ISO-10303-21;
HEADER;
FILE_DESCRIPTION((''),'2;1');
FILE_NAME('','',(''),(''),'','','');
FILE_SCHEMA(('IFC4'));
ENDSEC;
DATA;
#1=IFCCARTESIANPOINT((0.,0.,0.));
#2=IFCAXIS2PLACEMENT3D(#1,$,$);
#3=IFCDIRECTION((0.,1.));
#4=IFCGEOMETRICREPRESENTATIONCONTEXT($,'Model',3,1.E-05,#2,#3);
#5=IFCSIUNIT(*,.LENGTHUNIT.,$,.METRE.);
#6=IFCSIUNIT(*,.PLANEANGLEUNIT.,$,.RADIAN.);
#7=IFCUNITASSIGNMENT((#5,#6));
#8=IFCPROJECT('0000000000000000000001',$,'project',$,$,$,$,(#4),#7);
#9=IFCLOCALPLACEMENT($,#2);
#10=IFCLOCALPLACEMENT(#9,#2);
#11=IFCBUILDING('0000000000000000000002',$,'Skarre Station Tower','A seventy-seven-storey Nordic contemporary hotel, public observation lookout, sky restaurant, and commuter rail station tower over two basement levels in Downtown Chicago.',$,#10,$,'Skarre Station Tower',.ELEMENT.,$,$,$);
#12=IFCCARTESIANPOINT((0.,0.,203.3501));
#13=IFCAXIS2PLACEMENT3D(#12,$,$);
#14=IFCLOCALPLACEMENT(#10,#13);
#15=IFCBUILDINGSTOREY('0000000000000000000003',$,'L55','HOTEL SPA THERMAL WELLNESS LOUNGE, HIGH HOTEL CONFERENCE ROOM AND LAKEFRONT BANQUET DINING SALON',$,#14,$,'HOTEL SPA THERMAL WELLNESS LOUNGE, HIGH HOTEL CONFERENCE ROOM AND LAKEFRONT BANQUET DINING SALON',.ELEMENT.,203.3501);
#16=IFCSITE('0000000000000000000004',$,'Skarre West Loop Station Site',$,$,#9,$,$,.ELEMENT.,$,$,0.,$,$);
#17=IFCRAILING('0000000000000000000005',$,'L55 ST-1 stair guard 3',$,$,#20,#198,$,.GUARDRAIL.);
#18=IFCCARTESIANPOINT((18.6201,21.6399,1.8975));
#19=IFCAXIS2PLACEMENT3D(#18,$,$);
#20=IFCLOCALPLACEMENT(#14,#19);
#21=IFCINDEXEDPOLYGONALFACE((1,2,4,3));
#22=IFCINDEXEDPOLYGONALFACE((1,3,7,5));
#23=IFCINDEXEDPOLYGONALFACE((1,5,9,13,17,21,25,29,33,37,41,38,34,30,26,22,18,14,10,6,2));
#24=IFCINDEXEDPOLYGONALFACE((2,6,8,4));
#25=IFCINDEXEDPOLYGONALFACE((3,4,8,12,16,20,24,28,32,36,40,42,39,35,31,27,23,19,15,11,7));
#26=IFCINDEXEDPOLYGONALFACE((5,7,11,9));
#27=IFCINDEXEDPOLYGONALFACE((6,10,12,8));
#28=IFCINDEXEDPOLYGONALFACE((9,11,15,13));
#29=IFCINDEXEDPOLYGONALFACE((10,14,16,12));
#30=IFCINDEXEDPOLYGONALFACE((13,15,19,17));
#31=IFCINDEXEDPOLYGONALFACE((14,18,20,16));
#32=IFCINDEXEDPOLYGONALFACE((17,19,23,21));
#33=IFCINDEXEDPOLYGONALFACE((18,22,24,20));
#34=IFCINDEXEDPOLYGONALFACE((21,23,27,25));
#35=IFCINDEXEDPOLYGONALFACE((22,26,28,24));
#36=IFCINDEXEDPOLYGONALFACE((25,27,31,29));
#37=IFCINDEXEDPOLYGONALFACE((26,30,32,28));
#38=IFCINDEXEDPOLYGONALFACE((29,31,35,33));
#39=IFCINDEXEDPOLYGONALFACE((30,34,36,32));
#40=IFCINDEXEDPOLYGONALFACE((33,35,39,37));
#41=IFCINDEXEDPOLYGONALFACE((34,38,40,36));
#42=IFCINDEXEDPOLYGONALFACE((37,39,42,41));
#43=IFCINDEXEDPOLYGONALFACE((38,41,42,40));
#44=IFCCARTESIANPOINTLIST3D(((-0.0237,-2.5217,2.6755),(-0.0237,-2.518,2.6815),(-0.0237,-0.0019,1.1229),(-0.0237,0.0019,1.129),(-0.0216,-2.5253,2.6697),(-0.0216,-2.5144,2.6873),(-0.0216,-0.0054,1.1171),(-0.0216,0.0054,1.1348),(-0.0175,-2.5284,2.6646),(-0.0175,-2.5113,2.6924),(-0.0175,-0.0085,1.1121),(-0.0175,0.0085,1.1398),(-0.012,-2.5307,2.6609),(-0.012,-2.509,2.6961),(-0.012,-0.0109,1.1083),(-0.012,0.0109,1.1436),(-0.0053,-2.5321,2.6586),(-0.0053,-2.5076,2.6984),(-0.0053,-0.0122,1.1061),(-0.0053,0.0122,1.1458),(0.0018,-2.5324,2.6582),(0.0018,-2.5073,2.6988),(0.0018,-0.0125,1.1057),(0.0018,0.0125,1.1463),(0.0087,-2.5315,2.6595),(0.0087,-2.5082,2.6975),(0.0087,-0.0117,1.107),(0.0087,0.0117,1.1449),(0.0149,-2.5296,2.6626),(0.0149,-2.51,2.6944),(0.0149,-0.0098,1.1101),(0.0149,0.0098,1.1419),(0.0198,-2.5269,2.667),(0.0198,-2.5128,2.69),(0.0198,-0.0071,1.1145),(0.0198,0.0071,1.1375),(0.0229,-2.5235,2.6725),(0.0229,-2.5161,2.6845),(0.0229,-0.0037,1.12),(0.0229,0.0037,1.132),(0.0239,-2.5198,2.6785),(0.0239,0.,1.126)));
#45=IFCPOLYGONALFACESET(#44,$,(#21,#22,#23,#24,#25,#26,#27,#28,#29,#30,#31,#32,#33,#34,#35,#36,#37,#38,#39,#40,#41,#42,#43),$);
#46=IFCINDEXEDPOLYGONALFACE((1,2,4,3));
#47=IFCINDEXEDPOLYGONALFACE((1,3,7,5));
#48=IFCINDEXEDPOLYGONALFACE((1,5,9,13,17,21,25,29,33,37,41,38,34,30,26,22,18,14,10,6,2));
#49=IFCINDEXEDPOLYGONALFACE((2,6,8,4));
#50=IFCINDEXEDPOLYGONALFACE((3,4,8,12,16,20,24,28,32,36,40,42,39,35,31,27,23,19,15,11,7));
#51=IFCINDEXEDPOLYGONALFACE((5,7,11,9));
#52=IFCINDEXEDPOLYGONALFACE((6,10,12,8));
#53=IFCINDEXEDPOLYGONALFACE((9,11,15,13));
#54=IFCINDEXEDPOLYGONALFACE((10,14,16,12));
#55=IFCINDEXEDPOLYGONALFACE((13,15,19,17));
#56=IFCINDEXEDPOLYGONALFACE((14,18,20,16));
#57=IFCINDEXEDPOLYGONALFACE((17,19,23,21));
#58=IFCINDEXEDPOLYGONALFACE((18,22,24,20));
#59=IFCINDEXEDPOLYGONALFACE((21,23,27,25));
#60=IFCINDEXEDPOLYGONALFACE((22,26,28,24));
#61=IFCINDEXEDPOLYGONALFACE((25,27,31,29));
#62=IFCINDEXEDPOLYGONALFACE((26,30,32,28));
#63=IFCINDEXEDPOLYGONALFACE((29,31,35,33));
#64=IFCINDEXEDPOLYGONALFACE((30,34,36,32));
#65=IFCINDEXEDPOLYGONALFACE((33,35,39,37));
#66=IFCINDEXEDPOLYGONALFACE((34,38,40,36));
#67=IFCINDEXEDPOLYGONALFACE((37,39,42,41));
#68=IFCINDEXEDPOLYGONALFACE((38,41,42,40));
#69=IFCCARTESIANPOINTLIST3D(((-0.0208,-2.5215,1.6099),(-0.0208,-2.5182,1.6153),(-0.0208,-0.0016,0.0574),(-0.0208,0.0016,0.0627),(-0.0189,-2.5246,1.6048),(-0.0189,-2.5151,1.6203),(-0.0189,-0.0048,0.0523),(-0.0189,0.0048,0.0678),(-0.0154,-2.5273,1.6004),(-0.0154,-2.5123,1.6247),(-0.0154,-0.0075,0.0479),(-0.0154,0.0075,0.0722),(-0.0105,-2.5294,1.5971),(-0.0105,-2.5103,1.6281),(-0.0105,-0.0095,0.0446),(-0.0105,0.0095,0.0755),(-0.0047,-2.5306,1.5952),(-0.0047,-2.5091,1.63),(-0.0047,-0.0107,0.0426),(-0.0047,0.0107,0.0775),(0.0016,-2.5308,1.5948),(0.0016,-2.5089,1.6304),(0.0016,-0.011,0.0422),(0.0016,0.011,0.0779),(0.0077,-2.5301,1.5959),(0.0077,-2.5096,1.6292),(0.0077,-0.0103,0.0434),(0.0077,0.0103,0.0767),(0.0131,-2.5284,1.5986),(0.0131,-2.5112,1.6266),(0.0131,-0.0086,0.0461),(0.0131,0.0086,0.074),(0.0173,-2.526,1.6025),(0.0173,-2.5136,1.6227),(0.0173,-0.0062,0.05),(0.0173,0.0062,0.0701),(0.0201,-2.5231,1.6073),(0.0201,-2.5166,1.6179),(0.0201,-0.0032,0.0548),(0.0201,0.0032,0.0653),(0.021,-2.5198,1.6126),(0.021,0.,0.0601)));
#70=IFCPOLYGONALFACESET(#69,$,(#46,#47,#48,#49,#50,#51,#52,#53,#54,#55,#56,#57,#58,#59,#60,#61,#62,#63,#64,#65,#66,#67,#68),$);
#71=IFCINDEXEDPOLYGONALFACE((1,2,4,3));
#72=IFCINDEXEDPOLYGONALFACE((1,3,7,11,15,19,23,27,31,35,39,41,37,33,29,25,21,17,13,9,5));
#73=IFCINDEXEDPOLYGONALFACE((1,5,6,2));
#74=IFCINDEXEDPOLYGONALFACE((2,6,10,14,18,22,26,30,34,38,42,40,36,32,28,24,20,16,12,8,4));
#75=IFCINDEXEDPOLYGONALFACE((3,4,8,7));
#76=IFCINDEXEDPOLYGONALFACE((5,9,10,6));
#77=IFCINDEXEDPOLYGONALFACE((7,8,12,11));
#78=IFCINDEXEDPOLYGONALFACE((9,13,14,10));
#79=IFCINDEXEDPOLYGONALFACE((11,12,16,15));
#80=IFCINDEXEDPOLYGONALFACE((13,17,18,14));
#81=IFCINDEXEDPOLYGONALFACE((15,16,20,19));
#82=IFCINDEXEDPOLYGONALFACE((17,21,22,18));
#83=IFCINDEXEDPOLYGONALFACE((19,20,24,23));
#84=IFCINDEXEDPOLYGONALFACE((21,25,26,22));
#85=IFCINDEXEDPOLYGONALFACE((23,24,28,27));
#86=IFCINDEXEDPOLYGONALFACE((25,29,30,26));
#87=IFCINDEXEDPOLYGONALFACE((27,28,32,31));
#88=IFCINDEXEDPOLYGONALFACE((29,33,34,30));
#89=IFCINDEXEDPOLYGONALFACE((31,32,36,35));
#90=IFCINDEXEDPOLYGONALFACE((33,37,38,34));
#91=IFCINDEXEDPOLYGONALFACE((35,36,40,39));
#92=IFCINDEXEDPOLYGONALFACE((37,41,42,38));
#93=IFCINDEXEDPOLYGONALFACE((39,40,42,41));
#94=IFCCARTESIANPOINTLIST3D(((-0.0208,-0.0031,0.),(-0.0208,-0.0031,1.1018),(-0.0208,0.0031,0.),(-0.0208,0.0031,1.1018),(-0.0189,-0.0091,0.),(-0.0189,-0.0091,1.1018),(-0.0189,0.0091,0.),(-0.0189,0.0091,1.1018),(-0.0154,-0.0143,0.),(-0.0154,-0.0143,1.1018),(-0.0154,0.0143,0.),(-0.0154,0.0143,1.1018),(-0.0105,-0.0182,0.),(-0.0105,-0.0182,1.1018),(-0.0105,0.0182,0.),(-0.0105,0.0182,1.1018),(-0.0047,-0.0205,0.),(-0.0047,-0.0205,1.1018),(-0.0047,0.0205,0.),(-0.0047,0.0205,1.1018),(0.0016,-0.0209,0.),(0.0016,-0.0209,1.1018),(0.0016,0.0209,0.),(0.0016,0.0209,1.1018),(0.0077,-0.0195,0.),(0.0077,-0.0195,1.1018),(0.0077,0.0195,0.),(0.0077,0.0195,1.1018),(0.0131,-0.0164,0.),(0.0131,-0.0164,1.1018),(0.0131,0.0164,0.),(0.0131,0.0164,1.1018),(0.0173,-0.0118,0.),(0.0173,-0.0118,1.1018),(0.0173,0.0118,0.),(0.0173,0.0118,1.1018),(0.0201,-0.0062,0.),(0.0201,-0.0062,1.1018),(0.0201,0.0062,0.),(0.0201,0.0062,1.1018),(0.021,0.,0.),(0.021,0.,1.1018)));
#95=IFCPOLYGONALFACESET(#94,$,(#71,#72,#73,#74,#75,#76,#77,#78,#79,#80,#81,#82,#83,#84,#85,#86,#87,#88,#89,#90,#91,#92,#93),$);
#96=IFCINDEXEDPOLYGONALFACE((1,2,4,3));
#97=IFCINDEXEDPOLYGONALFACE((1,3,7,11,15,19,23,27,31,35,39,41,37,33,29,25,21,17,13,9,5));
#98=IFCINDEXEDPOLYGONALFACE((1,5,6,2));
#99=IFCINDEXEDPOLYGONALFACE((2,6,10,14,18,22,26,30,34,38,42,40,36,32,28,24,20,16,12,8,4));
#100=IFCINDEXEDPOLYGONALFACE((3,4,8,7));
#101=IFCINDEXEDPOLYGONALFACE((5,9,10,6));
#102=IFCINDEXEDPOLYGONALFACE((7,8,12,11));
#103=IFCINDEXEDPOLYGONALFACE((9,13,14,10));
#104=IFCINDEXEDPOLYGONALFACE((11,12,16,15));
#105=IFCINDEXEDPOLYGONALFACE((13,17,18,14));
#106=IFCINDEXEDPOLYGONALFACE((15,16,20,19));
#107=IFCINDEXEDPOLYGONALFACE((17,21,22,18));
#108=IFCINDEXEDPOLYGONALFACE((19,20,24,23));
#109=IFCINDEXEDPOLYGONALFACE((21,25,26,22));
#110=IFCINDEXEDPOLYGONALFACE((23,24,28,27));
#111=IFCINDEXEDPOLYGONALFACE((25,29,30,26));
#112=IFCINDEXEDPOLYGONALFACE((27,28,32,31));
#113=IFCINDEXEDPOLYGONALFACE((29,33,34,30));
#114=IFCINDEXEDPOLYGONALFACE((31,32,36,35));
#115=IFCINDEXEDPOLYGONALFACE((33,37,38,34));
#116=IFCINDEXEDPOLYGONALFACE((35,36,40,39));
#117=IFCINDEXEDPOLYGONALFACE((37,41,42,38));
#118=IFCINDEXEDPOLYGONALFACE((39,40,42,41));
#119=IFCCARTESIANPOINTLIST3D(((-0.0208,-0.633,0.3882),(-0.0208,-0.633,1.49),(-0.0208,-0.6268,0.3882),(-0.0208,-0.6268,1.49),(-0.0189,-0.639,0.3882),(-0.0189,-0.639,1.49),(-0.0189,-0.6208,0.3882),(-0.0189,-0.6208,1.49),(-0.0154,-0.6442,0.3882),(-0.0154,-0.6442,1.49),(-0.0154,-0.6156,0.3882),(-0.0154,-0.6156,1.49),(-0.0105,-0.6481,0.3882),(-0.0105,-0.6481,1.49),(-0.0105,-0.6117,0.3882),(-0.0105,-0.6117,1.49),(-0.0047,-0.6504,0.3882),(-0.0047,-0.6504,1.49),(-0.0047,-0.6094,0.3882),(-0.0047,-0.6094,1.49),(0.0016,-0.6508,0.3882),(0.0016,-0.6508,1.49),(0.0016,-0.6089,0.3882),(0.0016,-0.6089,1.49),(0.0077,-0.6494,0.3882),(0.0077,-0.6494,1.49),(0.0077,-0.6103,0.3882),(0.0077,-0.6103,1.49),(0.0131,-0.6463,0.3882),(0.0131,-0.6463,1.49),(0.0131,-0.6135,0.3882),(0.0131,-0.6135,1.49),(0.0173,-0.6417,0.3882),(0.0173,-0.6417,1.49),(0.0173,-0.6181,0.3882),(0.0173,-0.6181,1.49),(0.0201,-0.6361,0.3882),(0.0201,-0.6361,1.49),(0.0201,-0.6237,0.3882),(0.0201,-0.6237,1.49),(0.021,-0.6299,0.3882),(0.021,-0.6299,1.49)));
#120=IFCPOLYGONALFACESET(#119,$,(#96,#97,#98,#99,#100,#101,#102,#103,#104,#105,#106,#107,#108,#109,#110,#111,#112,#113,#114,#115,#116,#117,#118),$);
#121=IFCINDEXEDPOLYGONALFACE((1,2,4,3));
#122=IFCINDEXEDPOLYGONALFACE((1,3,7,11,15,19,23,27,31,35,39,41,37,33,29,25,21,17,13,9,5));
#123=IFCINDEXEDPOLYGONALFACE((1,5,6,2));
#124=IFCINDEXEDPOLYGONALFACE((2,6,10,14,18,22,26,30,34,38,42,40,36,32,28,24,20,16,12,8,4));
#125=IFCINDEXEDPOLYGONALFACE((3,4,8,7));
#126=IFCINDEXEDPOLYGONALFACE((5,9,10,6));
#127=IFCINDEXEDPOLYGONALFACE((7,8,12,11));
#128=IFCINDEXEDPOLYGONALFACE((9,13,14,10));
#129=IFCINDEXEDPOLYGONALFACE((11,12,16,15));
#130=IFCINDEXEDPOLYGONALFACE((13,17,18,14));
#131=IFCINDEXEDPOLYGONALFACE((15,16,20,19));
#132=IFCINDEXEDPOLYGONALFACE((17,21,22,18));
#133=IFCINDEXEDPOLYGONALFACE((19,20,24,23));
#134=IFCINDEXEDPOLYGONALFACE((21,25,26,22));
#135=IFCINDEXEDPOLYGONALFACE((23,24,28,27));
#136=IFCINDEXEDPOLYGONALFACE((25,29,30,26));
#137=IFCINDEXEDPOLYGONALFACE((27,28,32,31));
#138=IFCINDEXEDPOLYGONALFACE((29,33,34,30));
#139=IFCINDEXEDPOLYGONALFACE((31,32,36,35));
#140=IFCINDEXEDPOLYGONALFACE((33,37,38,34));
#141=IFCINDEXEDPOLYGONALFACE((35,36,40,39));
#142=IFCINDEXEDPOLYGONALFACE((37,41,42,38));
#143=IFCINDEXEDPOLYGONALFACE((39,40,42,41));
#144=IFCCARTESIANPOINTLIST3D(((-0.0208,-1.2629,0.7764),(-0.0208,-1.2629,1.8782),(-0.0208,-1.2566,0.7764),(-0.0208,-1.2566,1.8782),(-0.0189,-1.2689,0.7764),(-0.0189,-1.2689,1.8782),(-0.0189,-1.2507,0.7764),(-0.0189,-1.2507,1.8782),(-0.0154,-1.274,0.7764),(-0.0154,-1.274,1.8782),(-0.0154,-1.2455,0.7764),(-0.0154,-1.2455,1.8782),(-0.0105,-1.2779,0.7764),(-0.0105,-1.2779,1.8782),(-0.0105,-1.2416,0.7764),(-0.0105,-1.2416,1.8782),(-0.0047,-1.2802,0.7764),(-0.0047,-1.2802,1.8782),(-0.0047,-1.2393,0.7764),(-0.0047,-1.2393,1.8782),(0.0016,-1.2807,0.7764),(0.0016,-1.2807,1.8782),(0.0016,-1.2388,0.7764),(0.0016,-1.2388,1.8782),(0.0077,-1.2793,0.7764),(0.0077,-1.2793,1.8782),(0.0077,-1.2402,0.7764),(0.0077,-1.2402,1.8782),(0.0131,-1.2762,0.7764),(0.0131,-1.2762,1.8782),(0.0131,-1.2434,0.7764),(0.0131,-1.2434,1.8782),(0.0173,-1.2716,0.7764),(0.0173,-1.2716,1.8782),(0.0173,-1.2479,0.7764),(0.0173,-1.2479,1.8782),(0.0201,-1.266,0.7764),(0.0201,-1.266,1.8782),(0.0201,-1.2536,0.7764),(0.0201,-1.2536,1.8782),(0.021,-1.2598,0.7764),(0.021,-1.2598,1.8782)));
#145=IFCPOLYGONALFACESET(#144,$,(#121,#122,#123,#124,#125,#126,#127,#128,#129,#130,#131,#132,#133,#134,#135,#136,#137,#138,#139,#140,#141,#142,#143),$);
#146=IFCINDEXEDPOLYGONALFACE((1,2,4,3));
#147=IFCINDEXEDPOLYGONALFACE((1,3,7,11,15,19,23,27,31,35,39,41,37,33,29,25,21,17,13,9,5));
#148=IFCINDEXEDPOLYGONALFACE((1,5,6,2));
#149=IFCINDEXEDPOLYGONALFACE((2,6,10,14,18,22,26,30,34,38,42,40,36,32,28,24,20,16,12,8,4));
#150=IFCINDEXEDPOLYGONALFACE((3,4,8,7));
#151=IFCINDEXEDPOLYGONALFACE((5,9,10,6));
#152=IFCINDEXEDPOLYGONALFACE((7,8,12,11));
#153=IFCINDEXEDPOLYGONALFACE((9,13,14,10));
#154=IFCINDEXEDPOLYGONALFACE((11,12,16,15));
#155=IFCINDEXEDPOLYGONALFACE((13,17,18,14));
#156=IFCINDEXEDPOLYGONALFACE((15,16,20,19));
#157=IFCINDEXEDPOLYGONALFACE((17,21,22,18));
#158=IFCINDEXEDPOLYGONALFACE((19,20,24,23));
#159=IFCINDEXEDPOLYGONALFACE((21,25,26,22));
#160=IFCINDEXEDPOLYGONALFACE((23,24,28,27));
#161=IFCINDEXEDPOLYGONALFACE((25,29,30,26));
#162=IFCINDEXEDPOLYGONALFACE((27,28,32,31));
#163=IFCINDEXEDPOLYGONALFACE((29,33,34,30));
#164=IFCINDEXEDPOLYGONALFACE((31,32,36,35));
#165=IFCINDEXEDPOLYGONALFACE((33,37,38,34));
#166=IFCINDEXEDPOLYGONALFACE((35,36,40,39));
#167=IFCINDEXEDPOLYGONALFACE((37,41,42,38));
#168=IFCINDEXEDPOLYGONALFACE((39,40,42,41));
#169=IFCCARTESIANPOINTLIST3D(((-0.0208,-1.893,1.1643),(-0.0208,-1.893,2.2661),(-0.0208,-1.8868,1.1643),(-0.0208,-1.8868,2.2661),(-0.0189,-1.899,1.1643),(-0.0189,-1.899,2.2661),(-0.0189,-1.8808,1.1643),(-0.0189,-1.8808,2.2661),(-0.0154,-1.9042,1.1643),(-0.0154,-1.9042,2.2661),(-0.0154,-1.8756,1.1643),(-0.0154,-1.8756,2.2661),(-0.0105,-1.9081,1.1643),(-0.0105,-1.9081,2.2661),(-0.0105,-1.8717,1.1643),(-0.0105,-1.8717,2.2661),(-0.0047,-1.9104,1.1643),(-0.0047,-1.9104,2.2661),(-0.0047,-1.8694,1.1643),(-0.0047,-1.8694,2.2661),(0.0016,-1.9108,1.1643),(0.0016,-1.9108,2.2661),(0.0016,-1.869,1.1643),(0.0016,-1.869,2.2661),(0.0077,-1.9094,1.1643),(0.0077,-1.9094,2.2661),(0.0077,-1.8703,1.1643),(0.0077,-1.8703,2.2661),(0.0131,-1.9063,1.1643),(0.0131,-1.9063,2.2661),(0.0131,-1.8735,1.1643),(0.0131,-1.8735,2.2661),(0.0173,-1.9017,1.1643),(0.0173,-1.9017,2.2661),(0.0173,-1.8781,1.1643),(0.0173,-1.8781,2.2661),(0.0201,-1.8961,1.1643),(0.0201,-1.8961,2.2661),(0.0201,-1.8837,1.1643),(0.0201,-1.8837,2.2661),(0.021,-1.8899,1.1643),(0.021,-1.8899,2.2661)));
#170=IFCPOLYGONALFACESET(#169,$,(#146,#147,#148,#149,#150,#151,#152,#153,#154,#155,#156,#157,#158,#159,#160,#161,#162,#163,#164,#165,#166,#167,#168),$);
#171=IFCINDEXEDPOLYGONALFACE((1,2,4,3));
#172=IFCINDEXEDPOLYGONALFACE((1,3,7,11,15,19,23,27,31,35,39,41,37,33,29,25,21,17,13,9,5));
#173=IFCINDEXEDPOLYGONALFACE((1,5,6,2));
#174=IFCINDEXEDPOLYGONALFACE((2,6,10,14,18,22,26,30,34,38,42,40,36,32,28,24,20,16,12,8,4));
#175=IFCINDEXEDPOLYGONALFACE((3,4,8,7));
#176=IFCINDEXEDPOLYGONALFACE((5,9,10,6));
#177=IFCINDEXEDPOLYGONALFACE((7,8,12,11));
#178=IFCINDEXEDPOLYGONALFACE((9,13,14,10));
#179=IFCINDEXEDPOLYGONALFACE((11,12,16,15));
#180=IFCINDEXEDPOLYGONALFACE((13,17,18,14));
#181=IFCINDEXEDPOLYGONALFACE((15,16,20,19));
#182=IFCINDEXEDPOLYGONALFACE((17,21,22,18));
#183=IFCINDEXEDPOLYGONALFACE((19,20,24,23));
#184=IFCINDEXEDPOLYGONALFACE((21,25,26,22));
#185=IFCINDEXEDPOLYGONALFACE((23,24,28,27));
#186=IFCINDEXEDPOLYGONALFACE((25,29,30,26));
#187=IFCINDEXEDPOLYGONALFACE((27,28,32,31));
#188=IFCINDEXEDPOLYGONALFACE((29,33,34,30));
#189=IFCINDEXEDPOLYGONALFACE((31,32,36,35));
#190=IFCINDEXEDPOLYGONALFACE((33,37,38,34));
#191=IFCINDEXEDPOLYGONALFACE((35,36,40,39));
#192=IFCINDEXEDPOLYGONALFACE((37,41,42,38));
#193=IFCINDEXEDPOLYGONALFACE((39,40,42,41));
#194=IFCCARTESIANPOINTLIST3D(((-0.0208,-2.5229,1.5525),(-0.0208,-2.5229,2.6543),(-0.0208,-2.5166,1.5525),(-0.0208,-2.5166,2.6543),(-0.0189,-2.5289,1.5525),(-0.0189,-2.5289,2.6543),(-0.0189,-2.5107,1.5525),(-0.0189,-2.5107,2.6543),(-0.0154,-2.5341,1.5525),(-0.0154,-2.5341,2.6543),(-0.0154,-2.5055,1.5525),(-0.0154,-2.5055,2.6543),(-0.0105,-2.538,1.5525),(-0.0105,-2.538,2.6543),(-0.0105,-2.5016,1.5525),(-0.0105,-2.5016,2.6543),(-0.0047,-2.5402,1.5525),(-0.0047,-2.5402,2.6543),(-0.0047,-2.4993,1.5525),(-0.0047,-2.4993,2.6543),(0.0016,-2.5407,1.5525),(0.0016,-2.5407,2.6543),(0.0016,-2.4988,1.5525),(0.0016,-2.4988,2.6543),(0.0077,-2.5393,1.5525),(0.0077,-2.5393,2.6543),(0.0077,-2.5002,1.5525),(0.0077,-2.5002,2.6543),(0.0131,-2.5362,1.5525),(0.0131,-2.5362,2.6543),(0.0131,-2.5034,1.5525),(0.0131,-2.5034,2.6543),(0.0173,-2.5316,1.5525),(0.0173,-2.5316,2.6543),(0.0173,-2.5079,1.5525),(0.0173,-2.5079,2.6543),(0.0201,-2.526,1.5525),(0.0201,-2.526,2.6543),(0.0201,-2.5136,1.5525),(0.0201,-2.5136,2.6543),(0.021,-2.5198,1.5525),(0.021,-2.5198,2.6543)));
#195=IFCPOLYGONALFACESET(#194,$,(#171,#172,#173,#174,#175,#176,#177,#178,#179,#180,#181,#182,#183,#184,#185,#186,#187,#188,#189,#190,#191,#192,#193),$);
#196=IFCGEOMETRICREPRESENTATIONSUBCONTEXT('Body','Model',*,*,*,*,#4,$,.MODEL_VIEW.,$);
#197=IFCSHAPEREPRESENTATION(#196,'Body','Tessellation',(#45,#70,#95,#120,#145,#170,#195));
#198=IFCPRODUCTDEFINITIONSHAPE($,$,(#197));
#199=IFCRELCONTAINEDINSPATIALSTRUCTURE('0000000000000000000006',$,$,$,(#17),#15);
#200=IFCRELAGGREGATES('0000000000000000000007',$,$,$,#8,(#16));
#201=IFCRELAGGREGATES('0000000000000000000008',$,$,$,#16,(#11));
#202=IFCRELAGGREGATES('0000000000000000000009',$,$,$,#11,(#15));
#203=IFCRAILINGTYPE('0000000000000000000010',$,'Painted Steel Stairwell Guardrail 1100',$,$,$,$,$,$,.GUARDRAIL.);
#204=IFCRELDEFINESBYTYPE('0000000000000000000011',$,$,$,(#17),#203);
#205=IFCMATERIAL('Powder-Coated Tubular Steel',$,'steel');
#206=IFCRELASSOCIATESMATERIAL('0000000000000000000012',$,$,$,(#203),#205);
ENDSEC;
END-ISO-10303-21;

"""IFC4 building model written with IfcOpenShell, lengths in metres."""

from ifc_helpers import new_model, si_unit, direction, frame, origin, origin_2d, place, context, subcontext, project, spatial, circle, extrude, material, type_object, element, save


model = new_model("IFC4")

# Units and contexts
model_context = context("Model", 3, precision=1e-05, world=origin(), true_north=direction((0.0, 1.0)))
body_context = subcontext(model_context, "Body", "Model", "MODEL_VIEW")
ifc_project = project(units=[si_unit("LENGTHUNIT", "METRE"), si_unit("PLANEANGLEUNIT", "RADIAN")], contexts=[model_context])

# Site, building, storey
site_placement = place(None, origin())
site = spatial("IfcSite", under=ifc_project, at=site_placement, Name="Skarre West Loop Station Site", CompositionType="ELEMENT", RefElevation=0.0)
building_placement = place(site_placement, origin())
building = spatial("IfcBuilding", under=site, at=building_placement, Name="Skarre Station Tower", Description="A seventy-seven-storey Nordic contemporary hotel, public observation lookout, sky restaurant, and commuter rail station tower over two basement levels in Downtown Chicago.", LongName="Skarre Station Tower", CompositionType="ELEMENT")
storey_placement = place(building_placement, frame((0.0, 0.0, 203.3501)))
storey = spatial("IfcBuildingStorey", under=building, at=storey_placement, Name="L55", Description="HOTEL SPA THERMAL WELLNESS LOUNGE, HIGH HOTEL CONFERENCE ROOM AND LAKEFRONT BANQUET DINING SALON", LongName="HOTEL SPA THERMAL WELLNESS LOUNGE, HIGH HOTEL CONFERENCE ROOM AND LAKEFRONT BANQUET DINING SALON", CompositionType="ELEMENT", Elevation=203.3501)

# Railing
ifc_material_1 = material(Name="Powder-Coated Tubular Steel", Category="steel")
railing_type_1 = type_object("IfcRailingType", Name="Painted Steel Stairwell Guardrail 1100", PredefinedType="GUARDRAIL", material=ifc_material_1)
railing_1_placement = place(storey_placement, frame((18.6201, 21.6399, 1.8975)))
element("IfcRailing", 1, at=railing_1_placement, inside=storey, type_object=railing_type_1, Name="L55 ST-1 stair guard 3", PredefinedType="GUARDRAIL", context=body_context, shape_type="SweptSolid", body=[
    extrude(circle(Radius=0.0239, at=origin_2d()), frame((0.0, 0.0, 1.126), z_axis=(0.0, -0.851378, 0.524553), x_axis=(1.0, 0.0, 0.0)), (0.0, 0.0, 1.0), 2.9597),
    extrude(circle(Radius=0.021, at=origin_2d()), frame((0.0, 0.0, 0.0601), z_axis=(0.0, -0.851378, 0.524553), x_axis=(1.0, 0.0, 0.0)), (0.0, 0.0, 1.0), 2.9597),
    extrude(circle(Radius=0.021, at=origin_2d()), origin(), (0.0, 0.0, 1.0), 1.1018),
    extrude(circle(Radius=0.021, at=origin_2d()), frame((0.0, -0.6299, 0.3882)), (0.0, 0.0, 1.0), 1.1018),
    extrude(circle(Radius=0.021, at=origin_2d()), frame((0.0, -1.2598, 0.7764)), (0.0, 0.0, 1.0), 1.1018),
    extrude(circle(Radius=0.021, at=origin_2d()), frame((0.0, -1.8899, 1.1643)), (0.0, 0.0, 1.0), 1.1018),
    extrude(circle(Radius=0.021, at=origin_2d()), frame((0.0, -2.5198, 1.5525)), (0.0, 0.0, 1.0), 1.1018),
])

save(model, "model.ifc")
